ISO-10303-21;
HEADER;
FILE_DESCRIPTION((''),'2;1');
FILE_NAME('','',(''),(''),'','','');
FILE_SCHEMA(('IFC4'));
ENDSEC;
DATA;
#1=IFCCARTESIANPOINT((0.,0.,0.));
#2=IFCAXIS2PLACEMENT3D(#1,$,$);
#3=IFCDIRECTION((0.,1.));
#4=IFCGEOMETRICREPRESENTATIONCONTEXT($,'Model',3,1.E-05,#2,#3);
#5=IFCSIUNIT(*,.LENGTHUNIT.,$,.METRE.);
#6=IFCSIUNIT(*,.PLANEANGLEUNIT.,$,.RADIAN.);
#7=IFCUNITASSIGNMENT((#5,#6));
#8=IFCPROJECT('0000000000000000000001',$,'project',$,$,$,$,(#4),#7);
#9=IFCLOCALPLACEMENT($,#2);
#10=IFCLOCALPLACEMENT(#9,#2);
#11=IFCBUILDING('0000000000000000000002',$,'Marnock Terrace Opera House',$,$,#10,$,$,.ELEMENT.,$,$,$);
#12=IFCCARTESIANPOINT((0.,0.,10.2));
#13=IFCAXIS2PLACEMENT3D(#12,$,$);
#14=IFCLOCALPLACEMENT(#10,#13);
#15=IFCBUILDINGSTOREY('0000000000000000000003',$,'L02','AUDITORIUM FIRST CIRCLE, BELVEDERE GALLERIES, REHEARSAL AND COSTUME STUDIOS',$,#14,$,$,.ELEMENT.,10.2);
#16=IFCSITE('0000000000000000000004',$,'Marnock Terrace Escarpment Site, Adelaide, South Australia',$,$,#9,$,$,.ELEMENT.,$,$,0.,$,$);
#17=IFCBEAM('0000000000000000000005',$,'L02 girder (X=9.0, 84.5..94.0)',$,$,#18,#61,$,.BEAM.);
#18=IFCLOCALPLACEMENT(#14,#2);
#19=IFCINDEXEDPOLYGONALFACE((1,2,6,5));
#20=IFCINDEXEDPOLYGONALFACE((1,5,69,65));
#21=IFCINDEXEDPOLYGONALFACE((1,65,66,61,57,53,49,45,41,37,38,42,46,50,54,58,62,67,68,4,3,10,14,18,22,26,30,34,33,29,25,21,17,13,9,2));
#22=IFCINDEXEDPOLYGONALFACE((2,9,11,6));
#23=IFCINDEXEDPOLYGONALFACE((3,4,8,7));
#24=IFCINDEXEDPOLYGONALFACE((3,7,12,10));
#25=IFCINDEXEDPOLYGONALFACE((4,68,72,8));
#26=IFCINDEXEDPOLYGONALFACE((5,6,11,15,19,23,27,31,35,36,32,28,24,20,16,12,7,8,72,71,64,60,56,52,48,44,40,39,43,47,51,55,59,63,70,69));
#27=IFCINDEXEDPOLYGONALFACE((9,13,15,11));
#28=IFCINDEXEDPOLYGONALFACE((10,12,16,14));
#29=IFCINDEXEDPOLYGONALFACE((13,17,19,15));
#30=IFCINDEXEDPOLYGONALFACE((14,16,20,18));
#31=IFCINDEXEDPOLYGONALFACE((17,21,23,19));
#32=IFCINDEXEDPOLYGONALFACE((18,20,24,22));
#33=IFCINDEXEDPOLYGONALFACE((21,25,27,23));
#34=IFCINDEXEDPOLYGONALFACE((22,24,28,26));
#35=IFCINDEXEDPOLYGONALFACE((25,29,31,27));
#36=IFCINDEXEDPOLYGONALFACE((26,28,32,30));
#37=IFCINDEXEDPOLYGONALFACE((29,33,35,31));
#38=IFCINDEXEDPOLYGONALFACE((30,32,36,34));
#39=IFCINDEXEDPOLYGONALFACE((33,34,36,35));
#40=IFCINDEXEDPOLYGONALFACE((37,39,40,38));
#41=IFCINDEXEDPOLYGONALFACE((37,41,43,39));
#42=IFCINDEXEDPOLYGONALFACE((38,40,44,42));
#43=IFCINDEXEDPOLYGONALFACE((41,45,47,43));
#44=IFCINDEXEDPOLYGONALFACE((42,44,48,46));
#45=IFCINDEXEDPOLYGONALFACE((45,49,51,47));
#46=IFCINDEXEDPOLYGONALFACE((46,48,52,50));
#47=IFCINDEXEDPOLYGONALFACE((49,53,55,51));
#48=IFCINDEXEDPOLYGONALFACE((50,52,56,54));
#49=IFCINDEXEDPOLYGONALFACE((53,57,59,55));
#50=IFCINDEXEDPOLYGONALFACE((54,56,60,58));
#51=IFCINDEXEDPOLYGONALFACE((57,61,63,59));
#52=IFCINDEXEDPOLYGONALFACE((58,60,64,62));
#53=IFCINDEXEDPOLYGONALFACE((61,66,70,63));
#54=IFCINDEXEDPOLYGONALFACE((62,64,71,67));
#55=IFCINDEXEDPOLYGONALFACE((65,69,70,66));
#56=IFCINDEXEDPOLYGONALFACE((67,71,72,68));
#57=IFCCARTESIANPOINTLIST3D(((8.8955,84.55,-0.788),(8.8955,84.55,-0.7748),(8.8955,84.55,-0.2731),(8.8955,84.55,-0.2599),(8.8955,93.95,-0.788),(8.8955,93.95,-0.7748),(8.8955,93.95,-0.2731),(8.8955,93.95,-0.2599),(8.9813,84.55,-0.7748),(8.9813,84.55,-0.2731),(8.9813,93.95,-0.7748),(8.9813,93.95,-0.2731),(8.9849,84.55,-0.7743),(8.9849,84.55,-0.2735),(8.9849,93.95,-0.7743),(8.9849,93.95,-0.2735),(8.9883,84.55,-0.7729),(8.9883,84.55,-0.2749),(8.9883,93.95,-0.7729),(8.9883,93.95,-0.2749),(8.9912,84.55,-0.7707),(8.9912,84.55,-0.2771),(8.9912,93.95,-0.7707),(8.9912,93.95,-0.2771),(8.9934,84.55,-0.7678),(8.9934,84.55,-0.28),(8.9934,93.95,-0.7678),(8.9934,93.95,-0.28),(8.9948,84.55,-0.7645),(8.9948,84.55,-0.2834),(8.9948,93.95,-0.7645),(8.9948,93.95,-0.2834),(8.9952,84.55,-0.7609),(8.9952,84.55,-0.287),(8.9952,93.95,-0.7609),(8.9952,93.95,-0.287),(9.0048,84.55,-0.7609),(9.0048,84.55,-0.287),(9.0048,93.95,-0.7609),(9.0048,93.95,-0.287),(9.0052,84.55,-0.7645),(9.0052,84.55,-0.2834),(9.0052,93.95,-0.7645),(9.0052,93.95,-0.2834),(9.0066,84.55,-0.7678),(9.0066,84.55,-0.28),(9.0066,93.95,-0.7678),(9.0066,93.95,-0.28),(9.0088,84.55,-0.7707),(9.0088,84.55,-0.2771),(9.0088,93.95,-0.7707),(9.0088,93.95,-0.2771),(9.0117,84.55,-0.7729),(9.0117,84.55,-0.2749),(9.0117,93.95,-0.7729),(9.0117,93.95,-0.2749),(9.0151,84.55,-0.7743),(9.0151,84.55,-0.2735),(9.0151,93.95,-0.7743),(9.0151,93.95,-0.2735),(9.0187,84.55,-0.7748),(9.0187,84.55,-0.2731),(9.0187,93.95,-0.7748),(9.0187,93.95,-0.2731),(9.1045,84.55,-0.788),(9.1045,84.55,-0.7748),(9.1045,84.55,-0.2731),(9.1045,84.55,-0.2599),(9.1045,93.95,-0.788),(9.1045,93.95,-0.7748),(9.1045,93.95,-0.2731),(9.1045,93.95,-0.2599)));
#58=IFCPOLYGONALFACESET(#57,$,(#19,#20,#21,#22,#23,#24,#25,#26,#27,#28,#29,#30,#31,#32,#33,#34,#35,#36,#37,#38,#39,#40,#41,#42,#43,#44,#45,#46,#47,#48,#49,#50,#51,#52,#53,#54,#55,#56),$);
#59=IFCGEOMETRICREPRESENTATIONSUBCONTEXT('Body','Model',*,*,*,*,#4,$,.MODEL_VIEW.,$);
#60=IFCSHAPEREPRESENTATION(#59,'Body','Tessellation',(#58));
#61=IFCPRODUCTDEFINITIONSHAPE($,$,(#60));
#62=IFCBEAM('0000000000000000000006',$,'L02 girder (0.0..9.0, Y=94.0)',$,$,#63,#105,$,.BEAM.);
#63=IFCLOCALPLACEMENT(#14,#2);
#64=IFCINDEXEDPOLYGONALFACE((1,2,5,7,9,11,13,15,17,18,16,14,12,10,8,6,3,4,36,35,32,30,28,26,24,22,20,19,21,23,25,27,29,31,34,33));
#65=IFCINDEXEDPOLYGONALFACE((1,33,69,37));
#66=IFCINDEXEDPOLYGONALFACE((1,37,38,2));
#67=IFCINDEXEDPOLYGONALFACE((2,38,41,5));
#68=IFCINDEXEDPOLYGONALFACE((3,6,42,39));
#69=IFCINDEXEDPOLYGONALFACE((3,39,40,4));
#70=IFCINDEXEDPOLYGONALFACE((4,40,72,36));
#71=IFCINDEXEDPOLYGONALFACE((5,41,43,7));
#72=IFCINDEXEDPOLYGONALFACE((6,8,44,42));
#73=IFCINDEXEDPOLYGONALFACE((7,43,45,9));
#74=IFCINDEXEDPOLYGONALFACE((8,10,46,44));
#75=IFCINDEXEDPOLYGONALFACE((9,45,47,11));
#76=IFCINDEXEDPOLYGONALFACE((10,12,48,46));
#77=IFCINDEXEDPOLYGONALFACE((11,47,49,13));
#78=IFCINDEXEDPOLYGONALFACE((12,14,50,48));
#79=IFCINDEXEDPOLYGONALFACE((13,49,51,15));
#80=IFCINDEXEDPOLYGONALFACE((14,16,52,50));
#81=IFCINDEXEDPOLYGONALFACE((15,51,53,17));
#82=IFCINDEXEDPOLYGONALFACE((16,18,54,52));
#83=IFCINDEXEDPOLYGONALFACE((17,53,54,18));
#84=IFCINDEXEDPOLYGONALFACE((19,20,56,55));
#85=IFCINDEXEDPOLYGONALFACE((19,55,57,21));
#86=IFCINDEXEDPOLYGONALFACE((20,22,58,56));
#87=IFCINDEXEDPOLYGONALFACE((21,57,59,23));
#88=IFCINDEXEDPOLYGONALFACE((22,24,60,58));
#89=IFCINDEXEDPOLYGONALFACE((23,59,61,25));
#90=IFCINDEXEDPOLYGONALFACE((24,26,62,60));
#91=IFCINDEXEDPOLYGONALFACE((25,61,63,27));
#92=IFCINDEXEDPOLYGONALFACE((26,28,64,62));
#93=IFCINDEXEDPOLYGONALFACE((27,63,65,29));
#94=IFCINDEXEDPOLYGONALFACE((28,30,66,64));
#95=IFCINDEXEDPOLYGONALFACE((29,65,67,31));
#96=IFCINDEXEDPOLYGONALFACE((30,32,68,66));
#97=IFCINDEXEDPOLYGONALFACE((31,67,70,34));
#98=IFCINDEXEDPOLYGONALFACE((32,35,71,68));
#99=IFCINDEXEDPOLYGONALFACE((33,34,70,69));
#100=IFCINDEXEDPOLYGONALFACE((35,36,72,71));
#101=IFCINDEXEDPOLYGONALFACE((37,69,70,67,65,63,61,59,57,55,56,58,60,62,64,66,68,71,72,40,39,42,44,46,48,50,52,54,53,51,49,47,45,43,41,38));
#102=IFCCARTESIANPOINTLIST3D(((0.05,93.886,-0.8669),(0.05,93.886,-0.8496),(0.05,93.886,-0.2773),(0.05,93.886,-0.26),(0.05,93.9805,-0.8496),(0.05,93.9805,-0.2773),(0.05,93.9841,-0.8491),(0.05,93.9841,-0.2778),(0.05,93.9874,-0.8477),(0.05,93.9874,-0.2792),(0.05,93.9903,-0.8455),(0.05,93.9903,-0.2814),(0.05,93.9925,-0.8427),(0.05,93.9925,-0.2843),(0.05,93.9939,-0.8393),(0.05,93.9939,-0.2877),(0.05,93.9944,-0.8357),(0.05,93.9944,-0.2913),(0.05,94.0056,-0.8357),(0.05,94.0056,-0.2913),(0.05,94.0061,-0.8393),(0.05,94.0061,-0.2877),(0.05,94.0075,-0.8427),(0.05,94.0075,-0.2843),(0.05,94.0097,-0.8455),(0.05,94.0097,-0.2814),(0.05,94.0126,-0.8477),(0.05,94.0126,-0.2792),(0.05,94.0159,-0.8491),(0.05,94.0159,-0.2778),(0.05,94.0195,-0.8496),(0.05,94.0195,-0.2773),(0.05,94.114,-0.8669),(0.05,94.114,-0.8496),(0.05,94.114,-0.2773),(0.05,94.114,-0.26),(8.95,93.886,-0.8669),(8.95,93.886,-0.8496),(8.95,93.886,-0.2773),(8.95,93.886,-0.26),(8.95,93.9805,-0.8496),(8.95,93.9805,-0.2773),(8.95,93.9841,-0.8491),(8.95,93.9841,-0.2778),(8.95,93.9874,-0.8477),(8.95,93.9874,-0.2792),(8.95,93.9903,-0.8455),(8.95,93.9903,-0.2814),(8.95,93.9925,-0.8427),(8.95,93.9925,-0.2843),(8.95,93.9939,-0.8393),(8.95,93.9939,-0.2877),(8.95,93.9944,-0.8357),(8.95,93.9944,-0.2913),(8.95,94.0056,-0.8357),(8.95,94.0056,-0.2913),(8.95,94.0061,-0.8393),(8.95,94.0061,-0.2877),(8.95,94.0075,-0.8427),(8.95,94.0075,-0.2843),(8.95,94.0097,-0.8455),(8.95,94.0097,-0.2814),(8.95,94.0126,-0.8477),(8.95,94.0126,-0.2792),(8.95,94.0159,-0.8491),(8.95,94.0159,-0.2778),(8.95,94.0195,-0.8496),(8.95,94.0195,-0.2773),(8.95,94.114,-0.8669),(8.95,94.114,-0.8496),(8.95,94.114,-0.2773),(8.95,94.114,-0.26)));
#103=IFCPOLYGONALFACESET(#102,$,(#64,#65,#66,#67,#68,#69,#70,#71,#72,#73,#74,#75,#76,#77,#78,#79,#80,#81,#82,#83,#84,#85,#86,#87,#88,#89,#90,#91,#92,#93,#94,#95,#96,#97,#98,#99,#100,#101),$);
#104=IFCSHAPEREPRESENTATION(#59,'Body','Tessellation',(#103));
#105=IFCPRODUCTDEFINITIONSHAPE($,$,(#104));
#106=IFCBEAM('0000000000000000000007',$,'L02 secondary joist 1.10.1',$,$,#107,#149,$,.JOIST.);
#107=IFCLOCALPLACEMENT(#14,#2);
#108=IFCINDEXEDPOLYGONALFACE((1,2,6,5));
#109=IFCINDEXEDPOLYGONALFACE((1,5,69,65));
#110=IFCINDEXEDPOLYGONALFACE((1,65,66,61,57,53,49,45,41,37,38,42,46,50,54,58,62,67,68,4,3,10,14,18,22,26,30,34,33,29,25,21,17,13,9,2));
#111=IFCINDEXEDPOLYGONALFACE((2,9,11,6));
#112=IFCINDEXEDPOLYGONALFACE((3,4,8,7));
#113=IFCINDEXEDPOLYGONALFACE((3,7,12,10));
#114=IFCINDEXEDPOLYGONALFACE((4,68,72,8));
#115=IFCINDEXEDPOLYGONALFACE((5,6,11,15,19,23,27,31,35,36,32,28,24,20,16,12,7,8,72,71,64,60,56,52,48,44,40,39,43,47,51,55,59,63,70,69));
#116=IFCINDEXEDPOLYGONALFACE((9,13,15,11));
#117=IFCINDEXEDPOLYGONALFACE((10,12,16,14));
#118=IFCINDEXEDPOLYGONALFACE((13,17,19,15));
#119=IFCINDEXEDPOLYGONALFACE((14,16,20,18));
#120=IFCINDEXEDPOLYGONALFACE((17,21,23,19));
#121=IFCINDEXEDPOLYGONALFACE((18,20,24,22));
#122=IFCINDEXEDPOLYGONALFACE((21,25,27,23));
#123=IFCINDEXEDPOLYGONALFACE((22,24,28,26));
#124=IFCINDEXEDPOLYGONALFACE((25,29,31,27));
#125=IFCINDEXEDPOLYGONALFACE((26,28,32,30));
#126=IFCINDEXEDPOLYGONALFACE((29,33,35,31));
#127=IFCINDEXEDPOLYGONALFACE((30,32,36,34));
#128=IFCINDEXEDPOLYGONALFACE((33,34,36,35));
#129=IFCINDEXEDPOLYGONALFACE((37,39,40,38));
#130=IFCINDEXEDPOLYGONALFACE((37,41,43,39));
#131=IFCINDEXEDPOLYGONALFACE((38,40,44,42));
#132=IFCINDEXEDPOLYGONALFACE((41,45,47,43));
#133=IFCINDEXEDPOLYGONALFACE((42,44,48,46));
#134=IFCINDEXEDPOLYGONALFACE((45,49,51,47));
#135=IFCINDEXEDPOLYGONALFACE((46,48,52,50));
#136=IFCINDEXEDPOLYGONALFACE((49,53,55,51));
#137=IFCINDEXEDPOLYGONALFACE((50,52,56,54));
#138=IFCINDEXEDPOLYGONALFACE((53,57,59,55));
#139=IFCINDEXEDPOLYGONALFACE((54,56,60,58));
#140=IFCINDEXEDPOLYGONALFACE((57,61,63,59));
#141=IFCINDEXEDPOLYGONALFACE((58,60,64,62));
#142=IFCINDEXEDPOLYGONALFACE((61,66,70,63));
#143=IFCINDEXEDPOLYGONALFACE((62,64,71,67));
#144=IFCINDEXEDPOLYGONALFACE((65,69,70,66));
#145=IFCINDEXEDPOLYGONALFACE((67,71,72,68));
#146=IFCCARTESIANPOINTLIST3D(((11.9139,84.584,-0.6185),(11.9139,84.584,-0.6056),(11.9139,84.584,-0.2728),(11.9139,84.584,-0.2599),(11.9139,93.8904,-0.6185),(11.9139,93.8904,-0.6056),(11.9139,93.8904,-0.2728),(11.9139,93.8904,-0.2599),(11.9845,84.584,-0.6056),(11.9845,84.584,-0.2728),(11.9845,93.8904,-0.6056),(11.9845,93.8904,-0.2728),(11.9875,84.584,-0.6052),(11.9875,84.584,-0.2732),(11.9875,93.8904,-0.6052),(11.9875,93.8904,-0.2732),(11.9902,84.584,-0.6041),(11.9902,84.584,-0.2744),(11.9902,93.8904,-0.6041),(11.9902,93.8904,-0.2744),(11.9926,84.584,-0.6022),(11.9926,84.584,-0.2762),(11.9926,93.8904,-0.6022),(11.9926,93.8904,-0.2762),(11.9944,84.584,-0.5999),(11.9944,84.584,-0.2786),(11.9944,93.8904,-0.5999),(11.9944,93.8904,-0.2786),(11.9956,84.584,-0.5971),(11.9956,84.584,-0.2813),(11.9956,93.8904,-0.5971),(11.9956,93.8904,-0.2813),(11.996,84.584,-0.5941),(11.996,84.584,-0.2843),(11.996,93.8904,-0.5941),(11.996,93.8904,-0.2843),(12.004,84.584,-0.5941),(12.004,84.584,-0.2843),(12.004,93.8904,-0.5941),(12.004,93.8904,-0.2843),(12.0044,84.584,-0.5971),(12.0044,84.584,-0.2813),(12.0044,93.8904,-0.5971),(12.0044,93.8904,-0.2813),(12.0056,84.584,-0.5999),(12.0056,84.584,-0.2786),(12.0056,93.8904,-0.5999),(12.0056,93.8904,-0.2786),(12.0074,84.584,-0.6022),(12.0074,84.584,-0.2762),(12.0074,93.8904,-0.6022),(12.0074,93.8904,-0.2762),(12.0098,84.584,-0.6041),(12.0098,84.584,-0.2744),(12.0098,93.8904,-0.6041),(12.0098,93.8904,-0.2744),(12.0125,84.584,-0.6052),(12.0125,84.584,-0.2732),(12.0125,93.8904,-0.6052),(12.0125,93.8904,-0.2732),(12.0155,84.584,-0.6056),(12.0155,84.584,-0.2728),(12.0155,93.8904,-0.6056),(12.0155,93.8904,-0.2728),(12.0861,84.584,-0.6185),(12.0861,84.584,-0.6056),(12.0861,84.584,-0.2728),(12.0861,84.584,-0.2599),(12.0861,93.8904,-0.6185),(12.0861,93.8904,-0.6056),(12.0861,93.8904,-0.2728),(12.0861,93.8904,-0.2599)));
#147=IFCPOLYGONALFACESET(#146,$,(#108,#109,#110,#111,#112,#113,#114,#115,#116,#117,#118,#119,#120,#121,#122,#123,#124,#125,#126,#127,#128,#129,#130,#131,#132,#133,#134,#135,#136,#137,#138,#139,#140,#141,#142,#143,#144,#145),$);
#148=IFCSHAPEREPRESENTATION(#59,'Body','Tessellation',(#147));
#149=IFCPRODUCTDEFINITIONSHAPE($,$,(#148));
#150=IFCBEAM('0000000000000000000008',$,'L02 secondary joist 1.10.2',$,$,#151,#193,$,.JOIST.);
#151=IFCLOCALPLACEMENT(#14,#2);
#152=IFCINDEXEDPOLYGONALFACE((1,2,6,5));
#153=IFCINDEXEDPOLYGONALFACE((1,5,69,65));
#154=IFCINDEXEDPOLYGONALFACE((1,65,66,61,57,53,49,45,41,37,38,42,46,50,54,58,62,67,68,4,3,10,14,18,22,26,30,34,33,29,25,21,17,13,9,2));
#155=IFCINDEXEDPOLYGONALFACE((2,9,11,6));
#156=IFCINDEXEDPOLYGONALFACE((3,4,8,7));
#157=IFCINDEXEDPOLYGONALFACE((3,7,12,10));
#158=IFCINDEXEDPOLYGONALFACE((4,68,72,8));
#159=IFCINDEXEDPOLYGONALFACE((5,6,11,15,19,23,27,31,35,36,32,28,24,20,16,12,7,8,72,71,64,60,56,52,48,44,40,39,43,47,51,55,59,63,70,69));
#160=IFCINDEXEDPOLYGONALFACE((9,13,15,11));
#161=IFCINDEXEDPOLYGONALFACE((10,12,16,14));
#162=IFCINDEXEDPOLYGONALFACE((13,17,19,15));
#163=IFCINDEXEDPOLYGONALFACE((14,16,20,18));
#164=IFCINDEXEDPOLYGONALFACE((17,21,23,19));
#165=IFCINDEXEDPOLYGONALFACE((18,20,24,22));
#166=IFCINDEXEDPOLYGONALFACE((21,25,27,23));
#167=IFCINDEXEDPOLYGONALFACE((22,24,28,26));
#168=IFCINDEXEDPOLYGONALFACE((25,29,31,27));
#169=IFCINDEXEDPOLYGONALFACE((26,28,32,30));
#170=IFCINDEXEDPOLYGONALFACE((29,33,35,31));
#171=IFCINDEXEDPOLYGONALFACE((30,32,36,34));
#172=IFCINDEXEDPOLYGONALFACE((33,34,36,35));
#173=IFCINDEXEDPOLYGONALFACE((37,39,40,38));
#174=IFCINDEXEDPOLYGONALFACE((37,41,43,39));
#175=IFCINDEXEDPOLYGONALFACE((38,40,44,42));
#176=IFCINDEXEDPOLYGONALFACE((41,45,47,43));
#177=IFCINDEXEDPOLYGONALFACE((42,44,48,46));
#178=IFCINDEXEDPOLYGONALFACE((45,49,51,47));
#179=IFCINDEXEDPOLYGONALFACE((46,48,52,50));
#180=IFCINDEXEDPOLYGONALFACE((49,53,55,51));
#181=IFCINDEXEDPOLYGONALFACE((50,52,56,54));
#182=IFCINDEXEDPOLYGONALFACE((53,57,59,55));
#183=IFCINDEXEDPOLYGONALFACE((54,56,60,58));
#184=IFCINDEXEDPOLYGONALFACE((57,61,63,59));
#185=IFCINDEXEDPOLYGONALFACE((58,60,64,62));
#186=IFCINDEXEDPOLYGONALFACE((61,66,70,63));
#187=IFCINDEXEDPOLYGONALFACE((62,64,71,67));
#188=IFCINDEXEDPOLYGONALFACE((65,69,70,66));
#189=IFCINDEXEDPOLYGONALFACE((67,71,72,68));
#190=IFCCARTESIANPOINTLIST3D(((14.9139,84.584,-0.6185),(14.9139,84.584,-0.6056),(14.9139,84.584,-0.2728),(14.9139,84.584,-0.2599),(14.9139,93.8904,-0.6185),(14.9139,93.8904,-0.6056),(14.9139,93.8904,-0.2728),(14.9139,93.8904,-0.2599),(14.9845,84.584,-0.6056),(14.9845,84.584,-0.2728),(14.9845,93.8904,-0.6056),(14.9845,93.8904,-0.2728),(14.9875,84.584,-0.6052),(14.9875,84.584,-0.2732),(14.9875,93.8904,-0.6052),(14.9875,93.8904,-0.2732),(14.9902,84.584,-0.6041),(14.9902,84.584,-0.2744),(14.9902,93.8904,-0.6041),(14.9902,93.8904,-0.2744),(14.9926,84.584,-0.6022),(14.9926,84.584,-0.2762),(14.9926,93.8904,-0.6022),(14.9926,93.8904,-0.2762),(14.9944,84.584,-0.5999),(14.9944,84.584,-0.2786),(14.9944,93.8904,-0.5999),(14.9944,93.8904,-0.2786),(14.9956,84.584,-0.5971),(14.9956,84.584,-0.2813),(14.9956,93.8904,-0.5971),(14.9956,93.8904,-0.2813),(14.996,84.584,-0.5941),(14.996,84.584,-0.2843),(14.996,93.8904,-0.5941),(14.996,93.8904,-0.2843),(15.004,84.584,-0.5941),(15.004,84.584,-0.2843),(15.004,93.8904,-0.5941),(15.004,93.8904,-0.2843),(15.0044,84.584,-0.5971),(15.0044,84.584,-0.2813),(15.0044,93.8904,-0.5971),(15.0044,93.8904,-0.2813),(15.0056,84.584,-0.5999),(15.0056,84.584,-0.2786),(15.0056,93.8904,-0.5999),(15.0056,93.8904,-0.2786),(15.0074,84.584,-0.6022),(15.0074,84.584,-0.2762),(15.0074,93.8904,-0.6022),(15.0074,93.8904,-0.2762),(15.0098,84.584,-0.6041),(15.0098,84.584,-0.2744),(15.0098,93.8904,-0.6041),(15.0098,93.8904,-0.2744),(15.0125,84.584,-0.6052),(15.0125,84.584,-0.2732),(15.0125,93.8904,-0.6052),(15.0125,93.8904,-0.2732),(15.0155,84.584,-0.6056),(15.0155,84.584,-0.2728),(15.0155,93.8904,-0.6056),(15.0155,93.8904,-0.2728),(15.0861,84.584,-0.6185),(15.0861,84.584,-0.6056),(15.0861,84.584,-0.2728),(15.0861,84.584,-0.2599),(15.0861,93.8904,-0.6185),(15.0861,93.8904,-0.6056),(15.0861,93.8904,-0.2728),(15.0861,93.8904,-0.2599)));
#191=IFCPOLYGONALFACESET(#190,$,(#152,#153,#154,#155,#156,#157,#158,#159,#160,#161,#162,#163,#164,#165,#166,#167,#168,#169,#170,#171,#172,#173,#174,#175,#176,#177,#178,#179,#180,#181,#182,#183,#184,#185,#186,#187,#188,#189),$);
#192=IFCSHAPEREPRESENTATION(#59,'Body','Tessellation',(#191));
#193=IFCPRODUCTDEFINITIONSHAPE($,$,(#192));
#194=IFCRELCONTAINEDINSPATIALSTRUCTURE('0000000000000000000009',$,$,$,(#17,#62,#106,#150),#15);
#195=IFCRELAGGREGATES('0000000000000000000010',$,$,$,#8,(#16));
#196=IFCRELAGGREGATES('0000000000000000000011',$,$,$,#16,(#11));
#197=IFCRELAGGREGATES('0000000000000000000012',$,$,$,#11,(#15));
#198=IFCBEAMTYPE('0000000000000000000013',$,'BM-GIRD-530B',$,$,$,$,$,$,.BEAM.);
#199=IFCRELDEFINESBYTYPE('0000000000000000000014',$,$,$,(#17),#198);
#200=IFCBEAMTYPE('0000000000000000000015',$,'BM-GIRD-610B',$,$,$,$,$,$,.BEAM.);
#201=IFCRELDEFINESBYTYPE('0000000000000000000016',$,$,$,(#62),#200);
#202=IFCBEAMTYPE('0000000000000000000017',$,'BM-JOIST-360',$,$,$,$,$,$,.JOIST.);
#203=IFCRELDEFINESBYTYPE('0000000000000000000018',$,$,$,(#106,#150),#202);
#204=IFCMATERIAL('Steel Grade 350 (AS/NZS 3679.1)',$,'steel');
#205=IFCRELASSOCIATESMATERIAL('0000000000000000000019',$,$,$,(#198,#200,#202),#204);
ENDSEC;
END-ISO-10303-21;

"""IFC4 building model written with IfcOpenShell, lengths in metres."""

from ifc_helpers import new_model, si_unit, direction, frame, origin, origin_2d, place, context, subcontext, project, spatial, i_section, extrude, material, material_profile, profile_set, type_object, element, save


model = new_model("IFC4")

# Units and contexts
model_context = context("Model", 3, precision=1e-05, world=origin(), true_north=direction((0.0, 1.0)))
body_context = subcontext(model_context, "Body", "Model", "MODEL_VIEW")
ifc_project = project(units=[si_unit("LENGTHUNIT", "METRE"), si_unit("PLANEANGLEUNIT", "RADIAN")], contexts=[model_context])

# Site, building, storey
site_placement = place(None, origin())
site = spatial("IfcSite", under=ifc_project, at=site_placement, Name="Marnock Terrace Escarpment Site, Adelaide, South Australia", CompositionType="ELEMENT", RefElevation=0.0)
building_placement = place(site_placement, origin())
building = spatial("IfcBuilding", under=site, at=building_placement, Name="Marnock Terrace Opera House", CompositionType="ELEMENT")
storey_placement = place(building_placement, frame((0.0, 0.0, 10.2)))
storey = spatial("IfcBuildingStorey", under=building, at=storey_placement, Name="L02", Description="AUDITORIUM FIRST CIRCLE, BELVEDERE GALLERIES, REHEARSAL AND COSTUME STUDIOS", CompositionType="ELEMENT", Elevation=10.2)

# Shared definitions
ifc_material_1 = material(Name="Steel Grade 350 (AS/NZS 3679.1)", Category="steel")

# Beams
ifc_material_profile_1 = material_profile(ifc_material_1, i_section(OverallWidth=0.209, OverallDepth=0.5281, WebThickness=0.0095, FlangeThickness=0.0132, FilletRadius=0.0139, at=origin_2d()))
ifc_profile_set_1 = profile_set([ifc_material_profile_1], Name="Steel Grade 350 (AS/NZS 3679.1)")
beam_type_1 = type_object("IfcBeamType", Name="BM-GIRD-530B", PredefinedType="BEAM", material=ifc_profile_set_1)
beam_1_placement = place(storey_placement, frame((9.0, 84.55, -0.5239), z_axis=(0.0, 1.0, 0.0), x_axis=(-1.0, 0.0, 0.0)))
element("IfcBeam", 1, at=beam_1_placement, inside=storey, type_object=beam_type_1, Name="L02 girder (X=9.0, 84.5..94.0)", PredefinedType="BEAM", context=body_context, shape_type="SweptSolid", body=[
    extrude(i_section(OverallWidth=0.209, OverallDepth=0.5281, WebThickness=0.0095, FlangeThickness=0.0132, FilletRadius=0.0139, at=origin_2d()), origin(), (0.0, 0.0, 1.0), 9.3999),
])
ifc_material_profile_2 = material_profile(ifc_material_1, i_section(OverallWidth=0.228, OverallDepth=0.6069, WebThickness=0.0112, FlangeThickness=0.0173, FilletRadius=0.0139, at=origin_2d()))
ifc_profile_set_2 = profile_set([ifc_material_profile_2], Name="Steel Grade 350 (AS/NZS 3679.1)")
beam_type_2 = type_object("IfcBeamType", Name="BM-GIRD-610B", PredefinedType="BEAM", material=ifc_profile_set_2)
beam_2_placement = place(storey_placement, frame((0.05, 94.0, -0.5635), z_axis=(1.0, 0.0, 0.0), x_axis=(0.0, 1.0, 0.0)))
element("IfcBeam", 2, at=beam_2_placement, inside=storey, type_object=beam_type_2, Name="L02 girder (0.0..9.0, Y=94.0)", PredefinedType="BEAM", context=body_context, shape_type="SweptSolid", body=[
    extrude(i_section(OverallWidth=0.228, OverallDepth=0.6069, WebThickness=0.0112, FlangeThickness=0.0173, FilletRadius=0.0139, at=origin_2d()), origin(), (0.0, 0.0, 1.0), 8.8999),
])
ifc_material_profile_3 = material_profile(ifc_material_1, i_section(OverallWidth=0.1721, OverallDepth=0.3586, WebThickness=0.0081, FlangeThickness=0.0129, FilletRadius=0.0115, at=origin_2d()))
ifc_profile_set_3 = profile_set([ifc_material_profile_3], Name="Steel Grade 350 (AS/NZS 3679.1)")
beam_type_3 = type_object("IfcBeamType", Name="BM-JOIST-360", PredefinedType="JOIST", material=ifc_profile_set_3)
for number, where, z_axis, x_axis, name in (
    (3, (12.0, 84.584, -0.4392), (0.0, 1.0, 0.0), (-1.0, 0.0, 0.0), "L02 secondary joist 1.10.1"),
    (4, (15.0, 84.584, -0.4392), (0.0, 1.0, 0.0), (-1.0, 0.0, 0.0), "L02 secondary joist 1.10.2"),
):
    element("IfcBeam", number, at=place(storey_placement, frame(where, z_axis=z_axis, x_axis=x_axis)), inside=storey, type_object=beam_type_3, Name=name, PredefinedType="JOIST", context=body_context, shape_type="SweptSolid", body=[
        extrude(i_section(OverallWidth=0.1721, OverallDepth=0.3586, WebThickness=0.0081, FlangeThickness=0.0129, FilletRadius=0.0115, at=origin_2d()), origin(), (0.0, 0.0, 1.0), 9.3064),
    ])

save(model, "model.ifc")
